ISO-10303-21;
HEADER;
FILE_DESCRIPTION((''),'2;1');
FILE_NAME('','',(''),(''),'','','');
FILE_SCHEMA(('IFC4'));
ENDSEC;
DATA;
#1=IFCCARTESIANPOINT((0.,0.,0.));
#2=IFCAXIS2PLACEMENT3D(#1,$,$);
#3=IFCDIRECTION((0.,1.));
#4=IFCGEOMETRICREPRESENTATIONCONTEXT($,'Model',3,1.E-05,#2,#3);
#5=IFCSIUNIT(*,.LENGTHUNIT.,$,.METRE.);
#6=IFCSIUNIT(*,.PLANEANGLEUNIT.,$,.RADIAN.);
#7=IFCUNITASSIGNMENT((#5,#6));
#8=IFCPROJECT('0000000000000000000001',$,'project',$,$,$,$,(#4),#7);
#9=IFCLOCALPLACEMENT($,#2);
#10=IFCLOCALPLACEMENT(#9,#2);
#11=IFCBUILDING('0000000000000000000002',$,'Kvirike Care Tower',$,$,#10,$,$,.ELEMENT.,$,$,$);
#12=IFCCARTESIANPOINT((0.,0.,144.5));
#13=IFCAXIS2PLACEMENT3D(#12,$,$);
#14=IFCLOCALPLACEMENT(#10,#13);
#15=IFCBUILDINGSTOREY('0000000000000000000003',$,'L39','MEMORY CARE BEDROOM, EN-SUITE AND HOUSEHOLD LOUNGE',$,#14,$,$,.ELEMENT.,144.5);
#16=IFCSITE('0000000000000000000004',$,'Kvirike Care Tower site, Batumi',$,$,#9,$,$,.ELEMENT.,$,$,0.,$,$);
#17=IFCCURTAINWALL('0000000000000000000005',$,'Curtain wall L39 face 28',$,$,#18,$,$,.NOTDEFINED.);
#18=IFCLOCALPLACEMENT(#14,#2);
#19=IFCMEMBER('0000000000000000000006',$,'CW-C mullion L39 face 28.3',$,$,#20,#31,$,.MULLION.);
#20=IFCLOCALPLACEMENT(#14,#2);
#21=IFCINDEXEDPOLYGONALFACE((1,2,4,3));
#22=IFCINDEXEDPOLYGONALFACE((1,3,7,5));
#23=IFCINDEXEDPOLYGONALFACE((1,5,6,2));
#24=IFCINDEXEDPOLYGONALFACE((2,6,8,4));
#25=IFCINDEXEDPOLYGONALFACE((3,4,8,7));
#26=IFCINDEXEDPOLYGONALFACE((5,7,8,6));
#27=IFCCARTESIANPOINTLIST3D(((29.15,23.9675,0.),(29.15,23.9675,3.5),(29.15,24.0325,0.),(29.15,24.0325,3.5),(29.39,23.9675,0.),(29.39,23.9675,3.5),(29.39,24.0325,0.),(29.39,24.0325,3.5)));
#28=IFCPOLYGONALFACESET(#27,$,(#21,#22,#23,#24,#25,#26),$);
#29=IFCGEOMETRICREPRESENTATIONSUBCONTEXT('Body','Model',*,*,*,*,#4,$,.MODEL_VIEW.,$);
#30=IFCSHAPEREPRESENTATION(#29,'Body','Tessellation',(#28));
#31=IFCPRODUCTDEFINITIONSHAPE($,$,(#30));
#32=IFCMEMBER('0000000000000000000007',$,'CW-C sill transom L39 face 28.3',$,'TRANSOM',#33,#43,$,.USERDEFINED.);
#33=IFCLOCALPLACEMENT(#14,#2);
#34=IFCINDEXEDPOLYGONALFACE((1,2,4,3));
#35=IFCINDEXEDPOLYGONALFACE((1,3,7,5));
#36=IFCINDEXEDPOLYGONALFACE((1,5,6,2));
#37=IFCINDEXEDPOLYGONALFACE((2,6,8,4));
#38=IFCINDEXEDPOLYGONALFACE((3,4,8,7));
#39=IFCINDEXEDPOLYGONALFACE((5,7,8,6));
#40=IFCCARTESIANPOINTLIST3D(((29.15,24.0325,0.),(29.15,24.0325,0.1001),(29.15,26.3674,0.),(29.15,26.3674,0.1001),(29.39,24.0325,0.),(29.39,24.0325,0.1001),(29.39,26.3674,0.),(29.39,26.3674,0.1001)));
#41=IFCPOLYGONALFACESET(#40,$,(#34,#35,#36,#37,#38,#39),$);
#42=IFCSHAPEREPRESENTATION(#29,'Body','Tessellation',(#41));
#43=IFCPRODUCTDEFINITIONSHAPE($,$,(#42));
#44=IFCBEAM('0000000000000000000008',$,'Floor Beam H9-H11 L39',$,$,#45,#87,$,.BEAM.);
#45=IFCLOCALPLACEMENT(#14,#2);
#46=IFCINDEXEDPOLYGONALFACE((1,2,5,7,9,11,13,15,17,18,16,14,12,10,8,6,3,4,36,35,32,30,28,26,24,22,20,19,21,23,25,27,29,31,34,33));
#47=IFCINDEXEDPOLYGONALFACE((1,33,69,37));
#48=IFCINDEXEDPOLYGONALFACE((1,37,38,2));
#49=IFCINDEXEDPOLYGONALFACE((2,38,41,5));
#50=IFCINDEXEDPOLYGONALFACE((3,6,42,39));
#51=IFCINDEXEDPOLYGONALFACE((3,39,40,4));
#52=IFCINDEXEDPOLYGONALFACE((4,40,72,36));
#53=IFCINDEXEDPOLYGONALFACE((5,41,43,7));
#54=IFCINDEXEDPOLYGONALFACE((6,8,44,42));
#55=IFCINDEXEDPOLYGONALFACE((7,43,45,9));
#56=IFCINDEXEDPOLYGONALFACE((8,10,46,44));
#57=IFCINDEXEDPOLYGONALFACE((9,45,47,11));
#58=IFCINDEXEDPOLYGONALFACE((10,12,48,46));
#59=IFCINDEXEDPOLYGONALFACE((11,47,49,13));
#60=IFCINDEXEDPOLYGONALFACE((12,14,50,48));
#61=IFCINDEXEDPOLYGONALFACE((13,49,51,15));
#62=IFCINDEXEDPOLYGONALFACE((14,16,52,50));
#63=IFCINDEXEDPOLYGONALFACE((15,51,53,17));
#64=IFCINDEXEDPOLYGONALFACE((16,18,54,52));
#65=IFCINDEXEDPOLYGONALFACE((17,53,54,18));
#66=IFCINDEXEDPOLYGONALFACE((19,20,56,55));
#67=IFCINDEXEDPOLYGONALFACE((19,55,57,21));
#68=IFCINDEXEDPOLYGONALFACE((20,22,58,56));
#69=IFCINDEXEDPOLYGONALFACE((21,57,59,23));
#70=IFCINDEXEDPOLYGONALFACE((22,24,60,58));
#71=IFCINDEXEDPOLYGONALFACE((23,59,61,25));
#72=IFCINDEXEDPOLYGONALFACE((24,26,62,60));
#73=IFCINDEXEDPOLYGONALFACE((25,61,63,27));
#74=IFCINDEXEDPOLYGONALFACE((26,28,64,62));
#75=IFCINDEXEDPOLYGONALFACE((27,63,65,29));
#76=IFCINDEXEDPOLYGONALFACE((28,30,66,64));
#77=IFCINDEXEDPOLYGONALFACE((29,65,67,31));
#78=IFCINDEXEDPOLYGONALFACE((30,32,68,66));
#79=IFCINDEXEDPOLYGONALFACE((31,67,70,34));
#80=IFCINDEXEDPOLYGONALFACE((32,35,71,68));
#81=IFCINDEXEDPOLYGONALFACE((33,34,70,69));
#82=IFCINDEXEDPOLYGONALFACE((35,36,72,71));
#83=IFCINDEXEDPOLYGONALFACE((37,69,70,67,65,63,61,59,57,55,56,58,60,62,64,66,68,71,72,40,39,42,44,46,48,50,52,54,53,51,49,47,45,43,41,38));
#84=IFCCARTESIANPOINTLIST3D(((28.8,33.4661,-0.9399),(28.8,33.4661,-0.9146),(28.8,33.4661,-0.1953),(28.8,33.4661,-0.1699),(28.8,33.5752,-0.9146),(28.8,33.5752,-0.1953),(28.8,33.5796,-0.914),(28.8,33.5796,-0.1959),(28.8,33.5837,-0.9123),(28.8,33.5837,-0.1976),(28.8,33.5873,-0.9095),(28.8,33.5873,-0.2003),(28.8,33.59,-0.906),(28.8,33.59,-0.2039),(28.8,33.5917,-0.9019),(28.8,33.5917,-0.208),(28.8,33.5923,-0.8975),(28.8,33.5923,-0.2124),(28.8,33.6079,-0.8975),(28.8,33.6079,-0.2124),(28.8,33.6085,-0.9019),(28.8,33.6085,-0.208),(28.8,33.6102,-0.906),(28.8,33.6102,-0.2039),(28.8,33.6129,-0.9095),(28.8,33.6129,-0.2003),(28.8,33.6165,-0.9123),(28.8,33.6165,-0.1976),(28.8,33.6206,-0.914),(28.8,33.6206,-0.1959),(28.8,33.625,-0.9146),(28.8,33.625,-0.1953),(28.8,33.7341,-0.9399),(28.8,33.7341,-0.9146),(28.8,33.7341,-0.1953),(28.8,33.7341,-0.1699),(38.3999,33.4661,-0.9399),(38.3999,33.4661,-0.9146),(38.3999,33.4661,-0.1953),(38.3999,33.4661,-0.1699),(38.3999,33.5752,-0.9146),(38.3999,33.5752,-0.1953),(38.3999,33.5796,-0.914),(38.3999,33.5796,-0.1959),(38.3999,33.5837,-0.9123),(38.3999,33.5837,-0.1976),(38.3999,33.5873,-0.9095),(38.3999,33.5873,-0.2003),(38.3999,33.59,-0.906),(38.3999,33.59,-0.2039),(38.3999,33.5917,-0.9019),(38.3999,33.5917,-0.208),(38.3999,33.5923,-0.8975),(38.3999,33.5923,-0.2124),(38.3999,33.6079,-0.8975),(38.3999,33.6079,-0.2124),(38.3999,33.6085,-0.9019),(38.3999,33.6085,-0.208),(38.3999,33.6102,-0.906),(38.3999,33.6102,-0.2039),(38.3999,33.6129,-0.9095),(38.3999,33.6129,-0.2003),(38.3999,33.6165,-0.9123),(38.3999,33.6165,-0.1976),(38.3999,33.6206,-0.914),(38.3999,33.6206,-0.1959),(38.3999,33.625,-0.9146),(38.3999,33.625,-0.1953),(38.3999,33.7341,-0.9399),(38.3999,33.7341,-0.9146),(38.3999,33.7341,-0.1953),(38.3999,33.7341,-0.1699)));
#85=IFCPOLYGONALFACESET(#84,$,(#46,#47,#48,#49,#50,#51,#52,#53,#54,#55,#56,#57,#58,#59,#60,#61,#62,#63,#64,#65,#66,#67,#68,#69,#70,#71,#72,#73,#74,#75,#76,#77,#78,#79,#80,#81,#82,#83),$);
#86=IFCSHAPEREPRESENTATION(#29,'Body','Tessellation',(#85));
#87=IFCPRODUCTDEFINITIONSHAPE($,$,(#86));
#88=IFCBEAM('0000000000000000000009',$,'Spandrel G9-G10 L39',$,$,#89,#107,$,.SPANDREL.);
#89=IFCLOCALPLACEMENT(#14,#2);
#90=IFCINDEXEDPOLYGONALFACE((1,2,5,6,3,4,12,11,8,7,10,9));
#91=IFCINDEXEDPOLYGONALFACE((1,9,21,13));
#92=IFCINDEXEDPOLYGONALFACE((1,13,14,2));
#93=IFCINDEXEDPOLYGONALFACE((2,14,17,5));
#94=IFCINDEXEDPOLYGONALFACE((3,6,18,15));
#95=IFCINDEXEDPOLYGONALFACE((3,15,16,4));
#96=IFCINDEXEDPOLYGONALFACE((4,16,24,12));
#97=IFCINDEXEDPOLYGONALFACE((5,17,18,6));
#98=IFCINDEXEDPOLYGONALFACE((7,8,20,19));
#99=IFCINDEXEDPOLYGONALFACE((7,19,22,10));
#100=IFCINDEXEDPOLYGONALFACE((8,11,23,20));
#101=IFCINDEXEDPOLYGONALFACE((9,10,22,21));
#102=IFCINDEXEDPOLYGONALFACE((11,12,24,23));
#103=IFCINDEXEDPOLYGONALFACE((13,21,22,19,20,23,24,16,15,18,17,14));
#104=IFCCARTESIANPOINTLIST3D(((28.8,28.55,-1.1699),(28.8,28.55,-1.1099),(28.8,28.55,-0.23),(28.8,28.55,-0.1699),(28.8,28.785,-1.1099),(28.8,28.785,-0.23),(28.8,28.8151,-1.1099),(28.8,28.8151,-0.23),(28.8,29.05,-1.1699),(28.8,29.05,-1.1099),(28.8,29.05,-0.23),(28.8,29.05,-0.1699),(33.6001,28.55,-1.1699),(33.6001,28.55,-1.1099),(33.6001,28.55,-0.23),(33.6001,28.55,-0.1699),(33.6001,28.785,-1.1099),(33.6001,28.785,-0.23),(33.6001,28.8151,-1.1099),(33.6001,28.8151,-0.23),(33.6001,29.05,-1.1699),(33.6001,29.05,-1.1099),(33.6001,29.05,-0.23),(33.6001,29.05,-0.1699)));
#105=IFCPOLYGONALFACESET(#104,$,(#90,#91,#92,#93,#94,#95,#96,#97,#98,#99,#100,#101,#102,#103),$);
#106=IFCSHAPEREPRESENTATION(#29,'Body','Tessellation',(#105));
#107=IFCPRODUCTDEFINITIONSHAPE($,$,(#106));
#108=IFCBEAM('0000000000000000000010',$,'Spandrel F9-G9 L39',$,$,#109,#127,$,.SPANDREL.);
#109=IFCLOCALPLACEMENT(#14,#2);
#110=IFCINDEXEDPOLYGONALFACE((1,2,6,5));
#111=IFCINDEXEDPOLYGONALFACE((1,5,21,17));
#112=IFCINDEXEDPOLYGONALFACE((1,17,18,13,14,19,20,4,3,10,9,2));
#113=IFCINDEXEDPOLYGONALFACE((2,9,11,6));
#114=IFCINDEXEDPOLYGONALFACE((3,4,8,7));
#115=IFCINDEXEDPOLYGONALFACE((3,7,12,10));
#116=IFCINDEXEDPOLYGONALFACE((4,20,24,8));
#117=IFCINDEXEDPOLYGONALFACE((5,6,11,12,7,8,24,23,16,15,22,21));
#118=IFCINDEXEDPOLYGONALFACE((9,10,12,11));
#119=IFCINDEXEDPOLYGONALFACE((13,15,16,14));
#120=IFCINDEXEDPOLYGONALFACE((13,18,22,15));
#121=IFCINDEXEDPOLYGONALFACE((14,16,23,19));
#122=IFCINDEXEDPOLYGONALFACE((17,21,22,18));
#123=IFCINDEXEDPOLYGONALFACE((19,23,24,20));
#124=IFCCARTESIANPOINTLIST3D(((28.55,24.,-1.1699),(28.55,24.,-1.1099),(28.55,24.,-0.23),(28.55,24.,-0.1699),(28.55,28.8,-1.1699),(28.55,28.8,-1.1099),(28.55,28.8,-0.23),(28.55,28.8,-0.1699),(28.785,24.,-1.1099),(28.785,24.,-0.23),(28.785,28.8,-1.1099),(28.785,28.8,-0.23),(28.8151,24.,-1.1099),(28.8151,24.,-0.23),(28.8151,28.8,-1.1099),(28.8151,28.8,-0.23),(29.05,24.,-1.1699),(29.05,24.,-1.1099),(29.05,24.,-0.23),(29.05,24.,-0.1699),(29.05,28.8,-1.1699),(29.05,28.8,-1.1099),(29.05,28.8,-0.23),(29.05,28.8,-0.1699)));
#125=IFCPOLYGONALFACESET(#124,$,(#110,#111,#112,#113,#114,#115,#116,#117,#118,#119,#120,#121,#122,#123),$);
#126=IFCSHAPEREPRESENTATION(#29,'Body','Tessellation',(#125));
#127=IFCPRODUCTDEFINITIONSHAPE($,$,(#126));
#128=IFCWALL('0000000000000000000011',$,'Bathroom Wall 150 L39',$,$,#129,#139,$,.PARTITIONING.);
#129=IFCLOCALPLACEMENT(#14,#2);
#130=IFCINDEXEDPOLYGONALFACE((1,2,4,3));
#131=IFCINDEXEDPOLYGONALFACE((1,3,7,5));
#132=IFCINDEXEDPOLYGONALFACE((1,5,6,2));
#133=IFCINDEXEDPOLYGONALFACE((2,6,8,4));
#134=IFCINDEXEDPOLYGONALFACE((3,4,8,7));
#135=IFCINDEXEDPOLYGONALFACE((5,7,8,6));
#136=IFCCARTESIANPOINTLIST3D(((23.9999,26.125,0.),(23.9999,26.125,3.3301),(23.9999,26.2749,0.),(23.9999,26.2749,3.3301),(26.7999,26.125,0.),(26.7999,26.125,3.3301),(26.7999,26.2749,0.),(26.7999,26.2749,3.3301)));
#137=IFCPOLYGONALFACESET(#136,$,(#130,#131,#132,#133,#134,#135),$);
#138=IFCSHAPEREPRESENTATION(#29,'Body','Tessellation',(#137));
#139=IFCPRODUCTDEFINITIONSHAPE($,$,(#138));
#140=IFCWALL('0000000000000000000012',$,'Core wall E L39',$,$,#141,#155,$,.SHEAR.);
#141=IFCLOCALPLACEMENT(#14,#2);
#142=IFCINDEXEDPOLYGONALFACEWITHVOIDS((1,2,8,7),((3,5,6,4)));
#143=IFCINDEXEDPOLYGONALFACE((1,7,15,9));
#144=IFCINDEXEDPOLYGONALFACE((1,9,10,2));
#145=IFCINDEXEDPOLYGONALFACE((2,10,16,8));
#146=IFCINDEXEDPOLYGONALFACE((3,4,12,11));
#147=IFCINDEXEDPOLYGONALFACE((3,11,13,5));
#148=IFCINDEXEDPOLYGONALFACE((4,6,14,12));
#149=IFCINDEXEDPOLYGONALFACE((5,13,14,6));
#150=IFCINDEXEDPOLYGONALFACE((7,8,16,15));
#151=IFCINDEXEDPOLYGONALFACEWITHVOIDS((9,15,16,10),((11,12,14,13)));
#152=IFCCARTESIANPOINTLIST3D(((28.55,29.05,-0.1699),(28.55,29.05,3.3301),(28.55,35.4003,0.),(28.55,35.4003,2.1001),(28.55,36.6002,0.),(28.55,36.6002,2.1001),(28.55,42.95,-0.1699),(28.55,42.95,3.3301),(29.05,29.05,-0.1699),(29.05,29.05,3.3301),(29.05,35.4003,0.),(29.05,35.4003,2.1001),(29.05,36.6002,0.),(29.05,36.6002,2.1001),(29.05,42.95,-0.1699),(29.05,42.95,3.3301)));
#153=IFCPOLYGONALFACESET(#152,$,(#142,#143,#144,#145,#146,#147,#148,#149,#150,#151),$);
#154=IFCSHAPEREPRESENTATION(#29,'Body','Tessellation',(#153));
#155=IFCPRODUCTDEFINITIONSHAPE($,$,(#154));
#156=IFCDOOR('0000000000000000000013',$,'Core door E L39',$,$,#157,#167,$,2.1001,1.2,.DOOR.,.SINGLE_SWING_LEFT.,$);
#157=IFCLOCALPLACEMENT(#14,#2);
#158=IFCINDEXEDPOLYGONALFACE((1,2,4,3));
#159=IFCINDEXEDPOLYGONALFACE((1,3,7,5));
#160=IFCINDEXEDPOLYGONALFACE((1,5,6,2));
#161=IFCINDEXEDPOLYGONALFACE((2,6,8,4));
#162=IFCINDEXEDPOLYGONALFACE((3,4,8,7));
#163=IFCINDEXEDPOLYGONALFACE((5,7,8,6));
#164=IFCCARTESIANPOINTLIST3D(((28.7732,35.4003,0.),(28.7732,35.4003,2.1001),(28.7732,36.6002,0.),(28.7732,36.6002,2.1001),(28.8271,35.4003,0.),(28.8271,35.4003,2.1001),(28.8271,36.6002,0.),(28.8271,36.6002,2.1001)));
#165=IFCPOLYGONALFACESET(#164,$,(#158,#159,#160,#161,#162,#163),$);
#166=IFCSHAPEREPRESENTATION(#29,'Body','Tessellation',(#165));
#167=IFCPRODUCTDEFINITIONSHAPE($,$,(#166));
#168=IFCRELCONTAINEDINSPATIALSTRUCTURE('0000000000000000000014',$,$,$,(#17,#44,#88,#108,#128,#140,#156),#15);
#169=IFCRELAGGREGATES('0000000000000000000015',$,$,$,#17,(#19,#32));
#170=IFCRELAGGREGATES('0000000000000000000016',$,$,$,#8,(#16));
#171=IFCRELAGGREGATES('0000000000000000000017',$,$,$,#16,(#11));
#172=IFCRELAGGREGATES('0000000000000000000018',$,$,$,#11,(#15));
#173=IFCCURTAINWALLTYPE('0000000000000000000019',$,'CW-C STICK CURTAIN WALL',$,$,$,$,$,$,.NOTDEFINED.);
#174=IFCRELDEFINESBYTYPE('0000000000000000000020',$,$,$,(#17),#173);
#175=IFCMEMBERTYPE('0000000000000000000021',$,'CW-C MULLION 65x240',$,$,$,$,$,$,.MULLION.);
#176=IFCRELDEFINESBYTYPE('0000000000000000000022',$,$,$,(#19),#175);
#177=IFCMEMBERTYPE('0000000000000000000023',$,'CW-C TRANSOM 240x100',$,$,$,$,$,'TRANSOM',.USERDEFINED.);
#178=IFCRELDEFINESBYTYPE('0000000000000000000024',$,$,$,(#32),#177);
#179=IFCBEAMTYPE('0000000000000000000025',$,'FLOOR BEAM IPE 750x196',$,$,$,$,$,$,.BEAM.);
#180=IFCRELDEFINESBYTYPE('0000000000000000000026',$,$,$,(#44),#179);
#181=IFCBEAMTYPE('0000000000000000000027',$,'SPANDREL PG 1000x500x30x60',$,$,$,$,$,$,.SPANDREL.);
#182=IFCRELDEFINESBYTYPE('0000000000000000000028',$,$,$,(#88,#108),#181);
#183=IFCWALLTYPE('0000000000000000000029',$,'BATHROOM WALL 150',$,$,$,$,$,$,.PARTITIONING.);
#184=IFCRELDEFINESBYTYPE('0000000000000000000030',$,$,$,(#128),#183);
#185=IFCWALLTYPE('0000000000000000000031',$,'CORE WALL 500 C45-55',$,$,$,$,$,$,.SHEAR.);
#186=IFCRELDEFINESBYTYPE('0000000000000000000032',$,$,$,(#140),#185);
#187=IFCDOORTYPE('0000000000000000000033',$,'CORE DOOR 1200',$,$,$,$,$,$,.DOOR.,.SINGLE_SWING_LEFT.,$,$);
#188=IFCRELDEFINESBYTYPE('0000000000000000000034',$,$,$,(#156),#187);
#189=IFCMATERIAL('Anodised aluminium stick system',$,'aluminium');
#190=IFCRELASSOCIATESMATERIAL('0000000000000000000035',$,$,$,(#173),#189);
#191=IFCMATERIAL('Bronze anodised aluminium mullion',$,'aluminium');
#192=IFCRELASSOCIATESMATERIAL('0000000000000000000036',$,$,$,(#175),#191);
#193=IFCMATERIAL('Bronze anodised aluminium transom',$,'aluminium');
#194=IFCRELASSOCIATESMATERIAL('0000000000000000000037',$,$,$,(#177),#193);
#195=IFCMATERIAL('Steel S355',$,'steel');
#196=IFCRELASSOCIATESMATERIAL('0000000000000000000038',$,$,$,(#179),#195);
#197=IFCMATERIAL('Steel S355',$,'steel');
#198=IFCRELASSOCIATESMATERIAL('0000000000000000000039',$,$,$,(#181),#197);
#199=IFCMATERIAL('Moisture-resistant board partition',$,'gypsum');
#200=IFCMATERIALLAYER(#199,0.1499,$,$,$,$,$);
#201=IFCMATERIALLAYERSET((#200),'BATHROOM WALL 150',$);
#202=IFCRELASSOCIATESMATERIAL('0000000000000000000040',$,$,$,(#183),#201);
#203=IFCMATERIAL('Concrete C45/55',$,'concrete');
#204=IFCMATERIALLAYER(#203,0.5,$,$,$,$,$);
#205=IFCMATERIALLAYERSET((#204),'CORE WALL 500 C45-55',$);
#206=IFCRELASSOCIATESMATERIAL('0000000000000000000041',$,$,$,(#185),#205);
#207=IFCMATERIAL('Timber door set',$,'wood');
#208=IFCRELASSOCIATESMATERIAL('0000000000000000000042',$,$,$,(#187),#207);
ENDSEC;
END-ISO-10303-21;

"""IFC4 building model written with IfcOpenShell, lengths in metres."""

from ifc_helpers import new_model, si_unit, direction, frame, frame_2d, origin, origin_2d, place, context, subcontext, project, spatial, rectangle, i_section, extrude, material, layer, layer_set, material_profile, profile_set, type_object, element, fill, aggregate, save


model = new_model("IFC4")

# Units and contexts
model_context = context("Model", 3, precision=1e-05, world=origin(), true_north=direction((0.0, 1.0)))
body_context = subcontext(model_context, "Body", "Model", "MODEL_VIEW")
ifc_project = project(units=[si_unit("LENGTHUNIT", "METRE"), si_unit("PLANEANGLEUNIT", "RADIAN")], contexts=[model_context])

# Site, building, storey
site_placement = place(None, origin())
site = spatial("IfcSite", under=ifc_project, at=site_placement, Name="Kvirike Care Tower site, Batumi", CompositionType="ELEMENT", RefElevation=0.0)
building_placement = place(site_placement, origin())
building = spatial("IfcBuilding", under=site, at=building_placement, Name="Kvirike Care Tower", CompositionType="ELEMENT")
storey_placement = place(building_placement, frame((0.0, 0.0, 144.5)))
storey = spatial("IfcBuildingStorey", under=building, at=storey_placement, Name="L39", Description="MEMORY CARE BEDROOM, EN-SUITE AND HOUSEHOLD LOUNGE", CompositionType="ELEMENT", Elevation=144.5)

# Curtain wall, members
ifc_material_1 = material(Name="Anodised aluminium stick system", Category="aluminium")
curtain_wall_type = type_object("IfcCurtainWallType", Name="CW-C STICK CURTAIN WALL", PredefinedType="NOTDEFINED", material=ifc_material_1)
curtain_wall_placement = place(storey_placement, origin())
curtain_wall = element("IfcCurtainWall", 1, at=curtain_wall_placement, inside=storey, type_object=curtain_wall_type, Name="Curtain wall L39 face 28", PredefinedType="NOTDEFINED")
ifc_material_2 = material(Name="Bronze anodised aluminium mullion", Category="aluminium")
ifc_material_profile_1 = material_profile(ifc_material_2, rectangle(XDim=0.0649, YDim=0.24, at=origin_2d()), Name="CW-C MULLION 65x240")
ifc_profile_set_1 = profile_set([ifc_material_profile_1], Name="Bronze anodised aluminium mullion")
member_type_1 = type_object("IfcMemberType", Name="CW-C MULLION 65x240", PredefinedType="MULLION", material=ifc_profile_set_1)
member_1_placement = place(storey_placement, frame((29.27, 24.0, 0.0), z_axis=(0.0, 0.0, 1.0), x_axis=(0.0, 1.0, 0.0)))
member_1 = element("IfcMember", 2, at=member_1_placement, type_object=member_type_1, Name="CW-C mullion L39 face 28.3", PredefinedType="MULLION", context=body_context, shape_type="SweptSolid", body=[
    extrude(rectangle(XDim=0.0649, YDim=0.24, at=origin_2d()), origin(), (0.0, 0.0, 1.0), 3.5),
])
ifc_material_3 = material(Name="Bronze anodised aluminium transom", Category="aluminium")
ifc_material_profile_2 = material_profile(ifc_material_3, rectangle(XDim=0.24, YDim=0.1001, at=origin_2d()), Name="CW-C TRANSOM 240x100")
ifc_profile_set_2 = profile_set([ifc_material_profile_2], Name="Bronze anodised aluminium transom")
member_type_2 = type_object("IfcMemberType", Name="CW-C TRANSOM 240x100", ElementType="TRANSOM", PredefinedType="USERDEFINED", material=ifc_profile_set_2)
member_2_placement = place(storey_placement, frame((29.27, 24.0325, 0.05), z_axis=(0.0, 1.0, 0.0), x_axis=(-1.0, 0.0, 0.0)))
member_2 = element("IfcMember", 3, at=member_2_placement, type_object=member_type_2, Name="CW-C sill transom L39 face 28.3", ObjectType="TRANSOM", PredefinedType="USERDEFINED", context=body_context, shape_type="SweptSolid", body=[
    extrude(rectangle(XDim=0.24, YDim=0.1001, at=origin_2d()), origin(), (0.0, 0.0, 1.0), 2.335),
])
aggregate(curtain_wall, [member_1, member_2])

# Beams
ifc_material_4 = material(Name="Steel S355", Category="steel")
ifc_material_profile_3 = material_profile(ifc_material_4, i_section(OverallWidth=0.2681, OverallDepth=0.77, WebThickness=0.0156, FlangeThickness=0.0254, FilletRadius=0.0171, at=origin_2d()), Name="IPE 750x196")
ifc_profile_set_3 = profile_set([ifc_material_profile_3], Name="Steel S355")
beam_type_1 = type_object("IfcBeamType", Name="FLOOR BEAM IPE 750x196", PredefinedType="BEAM", material=ifc_profile_set_3)
beam_placement = place(storey_placement, frame((28.8, 33.6001, -0.5549), z_axis=(1.0, 0.0, 0.0), x_axis=(0.0, 1.0, 0.0)))
element("IfcBeam", 4, at=beam_placement, inside=storey, type_object=beam_type_1, Name="Floor Beam H9-H11 L39", PredefinedType="BEAM", context=body_context, shape_type="SweptSolid", body=[
    extrude(i_section(OverallWidth=0.2681, OverallDepth=0.77, WebThickness=0.0156, FlangeThickness=0.0254, FilletRadius=0.0171, at=origin_2d()), origin(), (0.0, 0.0, 1.0), 9.5999),
])
ifc_material_5 = material(Name="Steel S355", Category="steel")
ifc_material_profile_4 = material_profile(ifc_material_5, i_section(OverallWidth=0.5, OverallDepth=1.0, WebThickness=0.03, FlangeThickness=0.0601, at=origin_2d()), Name="PG 1000x500x30x60")
ifc_profile_set_4 = profile_set([ifc_material_profile_4], Name="Steel S355")
beam_type_2 = type_object("IfcBeamType", Name="SPANDREL PG 1000x500x30x60", PredefinedType="SPANDREL", material=ifc_profile_set_4)
for number, where, z_axis, x_axis, name in (
    (5, (28.8, 28.8, -0.6699), (1.0, 0.0, 0.0), (0.0, 1.0, 0.0), "Spandrel G9-G10 L39"),
    (6, (28.8, 24.0, -0.6699), (0.0, 1.0, 0.0), (-1.0, 0.0, 0.0), "Spandrel F9-G9 L39"),
):
    element("IfcBeam", number, at=place(storey_placement, frame(where, z_axis=z_axis, x_axis=x_axis)), inside=storey, type_object=beam_type_2, Name=name, PredefinedType="SPANDREL", context=body_context, shape_type="SweptSolid", body=[
        extrude(i_section(OverallWidth=0.5, OverallDepth=1.0, WebThickness=0.03, FlangeThickness=0.0601, at=origin_2d()), origin(), (0.0, 0.0, 1.0), 4.8),
    ])

# Wall
ifc_material_6 = material(Name="Moisture-resistant board partition", Category="gypsum")
ifc_layer_1 = layer(ifc_material_6, 0.1499)
ifc_layer_set_1 = layer_set([ifc_layer_1], Name="BATHROOM WALL 150")
wall_type_1 = type_object("IfcWallType", Name="BATHROOM WALL 150", PredefinedType="PARTITIONING", material=ifc_layer_set_1)
wall_1_placement = place(storey_placement, frame((24.0, 26.2, 0.0), z_axis=(0.0, 0.0, 1.0), x_axis=(1.0, 0.0, 0.0)))
element("IfcWall", 7, at=wall_1_placement, inside=storey, type_object=wall_type_1, Name="Bathroom Wall 150 L39", PredefinedType="PARTITIONING", context=body_context, shape_type="SweptSolid", body=[
    extrude(rectangle(XDim=2.8, YDim=0.1499, at=frame_2d((1.3999, 0.0))), origin(), (0.0, 0.0, 1.0), 3.3301),
])

# Wall, opening, door
ifc_material_7 = material(Name="Concrete C45/55", Category="concrete")
ifc_layer_2 = layer(ifc_material_7, 0.5)
ifc_layer_set_2 = layer_set([ifc_layer_2], Name="CORE WALL 500 C45-55")
wall_type_2 = type_object("IfcWallType", Name="CORE WALL 500 C45-55", PredefinedType="SHEAR", material=ifc_layer_set_2)
wall_2_placement = place(storey_placement, frame((28.8, 29.05, -0.1699), z_axis=(0.0, 0.0, 1.0), x_axis=(0.0, 1.0, 0.0)))
wall_2 = element("IfcWall", 8, at=wall_2_placement, inside=storey, type_object=wall_type_2, Name="Core wall E L39", PredefinedType="SHEAR", context=body_context, shape_type="SweptSolid", body=[
    extrude(rectangle(XDim=13.8999, YDim=0.5, at=frame_2d((6.95, 0.0))), origin(), (0.0, 0.0, 1.0), 3.5),
])
opening_1_placement = place(wall_2_placement, frame((6.3501, 0.0, 0.1699)))
opening_1 = element("IfcOpeningElement", 9, at=opening_1_placement, cuts=wall_2, PredefinedType="OPENING", context=body_context, shape_type="SweptSolid", body=[
    extrude(rectangle(XDim=1.2, YDim=2.1001, at=frame_2d((0.6001, 1.05))), frame((0.0, 0.2605, 0.0), z_axis=(0.0, -1.0, 0.0), x_axis=(1.0, 0.0, 0.0)), (0.0, 0.0, 1.0), 0.521),
])
ifc_material_8 = material(Name="Timber door set", Category="wood")
door_type_1 = type_object("IfcDoorType", Name="CORE DOOR 1200", OperationType="SINGLE_SWING_LEFT", PredefinedType="DOOR", material=ifc_material_8)
door_1_placement = place(opening_1_placement, origin())
door_1 = element("IfcDoor", 10, at=door_1_placement, inside=storey, type_object=door_type_1, Name="Core door E L39", OperationType="SINGLE_SWING_LEFT", OverallHeight=2.1001, OverallWidth=1.2, PredefinedType="DOOR", context=body_context, shape_type="SweptSolid", body=[
    extrude(rectangle(XDim=1.2, YDim=2.1001, at=frame_2d((0.6001, 1.05))), frame((0.0, 0.0269, 0.0), z_axis=(0.0, -1.0, 0.0), x_axis=(1.0, 0.0, 0.0)), (0.0, 0.0, 1.0), 0.054),
])
fill(opening_1, door_1)

save(model, "model.ifc")
